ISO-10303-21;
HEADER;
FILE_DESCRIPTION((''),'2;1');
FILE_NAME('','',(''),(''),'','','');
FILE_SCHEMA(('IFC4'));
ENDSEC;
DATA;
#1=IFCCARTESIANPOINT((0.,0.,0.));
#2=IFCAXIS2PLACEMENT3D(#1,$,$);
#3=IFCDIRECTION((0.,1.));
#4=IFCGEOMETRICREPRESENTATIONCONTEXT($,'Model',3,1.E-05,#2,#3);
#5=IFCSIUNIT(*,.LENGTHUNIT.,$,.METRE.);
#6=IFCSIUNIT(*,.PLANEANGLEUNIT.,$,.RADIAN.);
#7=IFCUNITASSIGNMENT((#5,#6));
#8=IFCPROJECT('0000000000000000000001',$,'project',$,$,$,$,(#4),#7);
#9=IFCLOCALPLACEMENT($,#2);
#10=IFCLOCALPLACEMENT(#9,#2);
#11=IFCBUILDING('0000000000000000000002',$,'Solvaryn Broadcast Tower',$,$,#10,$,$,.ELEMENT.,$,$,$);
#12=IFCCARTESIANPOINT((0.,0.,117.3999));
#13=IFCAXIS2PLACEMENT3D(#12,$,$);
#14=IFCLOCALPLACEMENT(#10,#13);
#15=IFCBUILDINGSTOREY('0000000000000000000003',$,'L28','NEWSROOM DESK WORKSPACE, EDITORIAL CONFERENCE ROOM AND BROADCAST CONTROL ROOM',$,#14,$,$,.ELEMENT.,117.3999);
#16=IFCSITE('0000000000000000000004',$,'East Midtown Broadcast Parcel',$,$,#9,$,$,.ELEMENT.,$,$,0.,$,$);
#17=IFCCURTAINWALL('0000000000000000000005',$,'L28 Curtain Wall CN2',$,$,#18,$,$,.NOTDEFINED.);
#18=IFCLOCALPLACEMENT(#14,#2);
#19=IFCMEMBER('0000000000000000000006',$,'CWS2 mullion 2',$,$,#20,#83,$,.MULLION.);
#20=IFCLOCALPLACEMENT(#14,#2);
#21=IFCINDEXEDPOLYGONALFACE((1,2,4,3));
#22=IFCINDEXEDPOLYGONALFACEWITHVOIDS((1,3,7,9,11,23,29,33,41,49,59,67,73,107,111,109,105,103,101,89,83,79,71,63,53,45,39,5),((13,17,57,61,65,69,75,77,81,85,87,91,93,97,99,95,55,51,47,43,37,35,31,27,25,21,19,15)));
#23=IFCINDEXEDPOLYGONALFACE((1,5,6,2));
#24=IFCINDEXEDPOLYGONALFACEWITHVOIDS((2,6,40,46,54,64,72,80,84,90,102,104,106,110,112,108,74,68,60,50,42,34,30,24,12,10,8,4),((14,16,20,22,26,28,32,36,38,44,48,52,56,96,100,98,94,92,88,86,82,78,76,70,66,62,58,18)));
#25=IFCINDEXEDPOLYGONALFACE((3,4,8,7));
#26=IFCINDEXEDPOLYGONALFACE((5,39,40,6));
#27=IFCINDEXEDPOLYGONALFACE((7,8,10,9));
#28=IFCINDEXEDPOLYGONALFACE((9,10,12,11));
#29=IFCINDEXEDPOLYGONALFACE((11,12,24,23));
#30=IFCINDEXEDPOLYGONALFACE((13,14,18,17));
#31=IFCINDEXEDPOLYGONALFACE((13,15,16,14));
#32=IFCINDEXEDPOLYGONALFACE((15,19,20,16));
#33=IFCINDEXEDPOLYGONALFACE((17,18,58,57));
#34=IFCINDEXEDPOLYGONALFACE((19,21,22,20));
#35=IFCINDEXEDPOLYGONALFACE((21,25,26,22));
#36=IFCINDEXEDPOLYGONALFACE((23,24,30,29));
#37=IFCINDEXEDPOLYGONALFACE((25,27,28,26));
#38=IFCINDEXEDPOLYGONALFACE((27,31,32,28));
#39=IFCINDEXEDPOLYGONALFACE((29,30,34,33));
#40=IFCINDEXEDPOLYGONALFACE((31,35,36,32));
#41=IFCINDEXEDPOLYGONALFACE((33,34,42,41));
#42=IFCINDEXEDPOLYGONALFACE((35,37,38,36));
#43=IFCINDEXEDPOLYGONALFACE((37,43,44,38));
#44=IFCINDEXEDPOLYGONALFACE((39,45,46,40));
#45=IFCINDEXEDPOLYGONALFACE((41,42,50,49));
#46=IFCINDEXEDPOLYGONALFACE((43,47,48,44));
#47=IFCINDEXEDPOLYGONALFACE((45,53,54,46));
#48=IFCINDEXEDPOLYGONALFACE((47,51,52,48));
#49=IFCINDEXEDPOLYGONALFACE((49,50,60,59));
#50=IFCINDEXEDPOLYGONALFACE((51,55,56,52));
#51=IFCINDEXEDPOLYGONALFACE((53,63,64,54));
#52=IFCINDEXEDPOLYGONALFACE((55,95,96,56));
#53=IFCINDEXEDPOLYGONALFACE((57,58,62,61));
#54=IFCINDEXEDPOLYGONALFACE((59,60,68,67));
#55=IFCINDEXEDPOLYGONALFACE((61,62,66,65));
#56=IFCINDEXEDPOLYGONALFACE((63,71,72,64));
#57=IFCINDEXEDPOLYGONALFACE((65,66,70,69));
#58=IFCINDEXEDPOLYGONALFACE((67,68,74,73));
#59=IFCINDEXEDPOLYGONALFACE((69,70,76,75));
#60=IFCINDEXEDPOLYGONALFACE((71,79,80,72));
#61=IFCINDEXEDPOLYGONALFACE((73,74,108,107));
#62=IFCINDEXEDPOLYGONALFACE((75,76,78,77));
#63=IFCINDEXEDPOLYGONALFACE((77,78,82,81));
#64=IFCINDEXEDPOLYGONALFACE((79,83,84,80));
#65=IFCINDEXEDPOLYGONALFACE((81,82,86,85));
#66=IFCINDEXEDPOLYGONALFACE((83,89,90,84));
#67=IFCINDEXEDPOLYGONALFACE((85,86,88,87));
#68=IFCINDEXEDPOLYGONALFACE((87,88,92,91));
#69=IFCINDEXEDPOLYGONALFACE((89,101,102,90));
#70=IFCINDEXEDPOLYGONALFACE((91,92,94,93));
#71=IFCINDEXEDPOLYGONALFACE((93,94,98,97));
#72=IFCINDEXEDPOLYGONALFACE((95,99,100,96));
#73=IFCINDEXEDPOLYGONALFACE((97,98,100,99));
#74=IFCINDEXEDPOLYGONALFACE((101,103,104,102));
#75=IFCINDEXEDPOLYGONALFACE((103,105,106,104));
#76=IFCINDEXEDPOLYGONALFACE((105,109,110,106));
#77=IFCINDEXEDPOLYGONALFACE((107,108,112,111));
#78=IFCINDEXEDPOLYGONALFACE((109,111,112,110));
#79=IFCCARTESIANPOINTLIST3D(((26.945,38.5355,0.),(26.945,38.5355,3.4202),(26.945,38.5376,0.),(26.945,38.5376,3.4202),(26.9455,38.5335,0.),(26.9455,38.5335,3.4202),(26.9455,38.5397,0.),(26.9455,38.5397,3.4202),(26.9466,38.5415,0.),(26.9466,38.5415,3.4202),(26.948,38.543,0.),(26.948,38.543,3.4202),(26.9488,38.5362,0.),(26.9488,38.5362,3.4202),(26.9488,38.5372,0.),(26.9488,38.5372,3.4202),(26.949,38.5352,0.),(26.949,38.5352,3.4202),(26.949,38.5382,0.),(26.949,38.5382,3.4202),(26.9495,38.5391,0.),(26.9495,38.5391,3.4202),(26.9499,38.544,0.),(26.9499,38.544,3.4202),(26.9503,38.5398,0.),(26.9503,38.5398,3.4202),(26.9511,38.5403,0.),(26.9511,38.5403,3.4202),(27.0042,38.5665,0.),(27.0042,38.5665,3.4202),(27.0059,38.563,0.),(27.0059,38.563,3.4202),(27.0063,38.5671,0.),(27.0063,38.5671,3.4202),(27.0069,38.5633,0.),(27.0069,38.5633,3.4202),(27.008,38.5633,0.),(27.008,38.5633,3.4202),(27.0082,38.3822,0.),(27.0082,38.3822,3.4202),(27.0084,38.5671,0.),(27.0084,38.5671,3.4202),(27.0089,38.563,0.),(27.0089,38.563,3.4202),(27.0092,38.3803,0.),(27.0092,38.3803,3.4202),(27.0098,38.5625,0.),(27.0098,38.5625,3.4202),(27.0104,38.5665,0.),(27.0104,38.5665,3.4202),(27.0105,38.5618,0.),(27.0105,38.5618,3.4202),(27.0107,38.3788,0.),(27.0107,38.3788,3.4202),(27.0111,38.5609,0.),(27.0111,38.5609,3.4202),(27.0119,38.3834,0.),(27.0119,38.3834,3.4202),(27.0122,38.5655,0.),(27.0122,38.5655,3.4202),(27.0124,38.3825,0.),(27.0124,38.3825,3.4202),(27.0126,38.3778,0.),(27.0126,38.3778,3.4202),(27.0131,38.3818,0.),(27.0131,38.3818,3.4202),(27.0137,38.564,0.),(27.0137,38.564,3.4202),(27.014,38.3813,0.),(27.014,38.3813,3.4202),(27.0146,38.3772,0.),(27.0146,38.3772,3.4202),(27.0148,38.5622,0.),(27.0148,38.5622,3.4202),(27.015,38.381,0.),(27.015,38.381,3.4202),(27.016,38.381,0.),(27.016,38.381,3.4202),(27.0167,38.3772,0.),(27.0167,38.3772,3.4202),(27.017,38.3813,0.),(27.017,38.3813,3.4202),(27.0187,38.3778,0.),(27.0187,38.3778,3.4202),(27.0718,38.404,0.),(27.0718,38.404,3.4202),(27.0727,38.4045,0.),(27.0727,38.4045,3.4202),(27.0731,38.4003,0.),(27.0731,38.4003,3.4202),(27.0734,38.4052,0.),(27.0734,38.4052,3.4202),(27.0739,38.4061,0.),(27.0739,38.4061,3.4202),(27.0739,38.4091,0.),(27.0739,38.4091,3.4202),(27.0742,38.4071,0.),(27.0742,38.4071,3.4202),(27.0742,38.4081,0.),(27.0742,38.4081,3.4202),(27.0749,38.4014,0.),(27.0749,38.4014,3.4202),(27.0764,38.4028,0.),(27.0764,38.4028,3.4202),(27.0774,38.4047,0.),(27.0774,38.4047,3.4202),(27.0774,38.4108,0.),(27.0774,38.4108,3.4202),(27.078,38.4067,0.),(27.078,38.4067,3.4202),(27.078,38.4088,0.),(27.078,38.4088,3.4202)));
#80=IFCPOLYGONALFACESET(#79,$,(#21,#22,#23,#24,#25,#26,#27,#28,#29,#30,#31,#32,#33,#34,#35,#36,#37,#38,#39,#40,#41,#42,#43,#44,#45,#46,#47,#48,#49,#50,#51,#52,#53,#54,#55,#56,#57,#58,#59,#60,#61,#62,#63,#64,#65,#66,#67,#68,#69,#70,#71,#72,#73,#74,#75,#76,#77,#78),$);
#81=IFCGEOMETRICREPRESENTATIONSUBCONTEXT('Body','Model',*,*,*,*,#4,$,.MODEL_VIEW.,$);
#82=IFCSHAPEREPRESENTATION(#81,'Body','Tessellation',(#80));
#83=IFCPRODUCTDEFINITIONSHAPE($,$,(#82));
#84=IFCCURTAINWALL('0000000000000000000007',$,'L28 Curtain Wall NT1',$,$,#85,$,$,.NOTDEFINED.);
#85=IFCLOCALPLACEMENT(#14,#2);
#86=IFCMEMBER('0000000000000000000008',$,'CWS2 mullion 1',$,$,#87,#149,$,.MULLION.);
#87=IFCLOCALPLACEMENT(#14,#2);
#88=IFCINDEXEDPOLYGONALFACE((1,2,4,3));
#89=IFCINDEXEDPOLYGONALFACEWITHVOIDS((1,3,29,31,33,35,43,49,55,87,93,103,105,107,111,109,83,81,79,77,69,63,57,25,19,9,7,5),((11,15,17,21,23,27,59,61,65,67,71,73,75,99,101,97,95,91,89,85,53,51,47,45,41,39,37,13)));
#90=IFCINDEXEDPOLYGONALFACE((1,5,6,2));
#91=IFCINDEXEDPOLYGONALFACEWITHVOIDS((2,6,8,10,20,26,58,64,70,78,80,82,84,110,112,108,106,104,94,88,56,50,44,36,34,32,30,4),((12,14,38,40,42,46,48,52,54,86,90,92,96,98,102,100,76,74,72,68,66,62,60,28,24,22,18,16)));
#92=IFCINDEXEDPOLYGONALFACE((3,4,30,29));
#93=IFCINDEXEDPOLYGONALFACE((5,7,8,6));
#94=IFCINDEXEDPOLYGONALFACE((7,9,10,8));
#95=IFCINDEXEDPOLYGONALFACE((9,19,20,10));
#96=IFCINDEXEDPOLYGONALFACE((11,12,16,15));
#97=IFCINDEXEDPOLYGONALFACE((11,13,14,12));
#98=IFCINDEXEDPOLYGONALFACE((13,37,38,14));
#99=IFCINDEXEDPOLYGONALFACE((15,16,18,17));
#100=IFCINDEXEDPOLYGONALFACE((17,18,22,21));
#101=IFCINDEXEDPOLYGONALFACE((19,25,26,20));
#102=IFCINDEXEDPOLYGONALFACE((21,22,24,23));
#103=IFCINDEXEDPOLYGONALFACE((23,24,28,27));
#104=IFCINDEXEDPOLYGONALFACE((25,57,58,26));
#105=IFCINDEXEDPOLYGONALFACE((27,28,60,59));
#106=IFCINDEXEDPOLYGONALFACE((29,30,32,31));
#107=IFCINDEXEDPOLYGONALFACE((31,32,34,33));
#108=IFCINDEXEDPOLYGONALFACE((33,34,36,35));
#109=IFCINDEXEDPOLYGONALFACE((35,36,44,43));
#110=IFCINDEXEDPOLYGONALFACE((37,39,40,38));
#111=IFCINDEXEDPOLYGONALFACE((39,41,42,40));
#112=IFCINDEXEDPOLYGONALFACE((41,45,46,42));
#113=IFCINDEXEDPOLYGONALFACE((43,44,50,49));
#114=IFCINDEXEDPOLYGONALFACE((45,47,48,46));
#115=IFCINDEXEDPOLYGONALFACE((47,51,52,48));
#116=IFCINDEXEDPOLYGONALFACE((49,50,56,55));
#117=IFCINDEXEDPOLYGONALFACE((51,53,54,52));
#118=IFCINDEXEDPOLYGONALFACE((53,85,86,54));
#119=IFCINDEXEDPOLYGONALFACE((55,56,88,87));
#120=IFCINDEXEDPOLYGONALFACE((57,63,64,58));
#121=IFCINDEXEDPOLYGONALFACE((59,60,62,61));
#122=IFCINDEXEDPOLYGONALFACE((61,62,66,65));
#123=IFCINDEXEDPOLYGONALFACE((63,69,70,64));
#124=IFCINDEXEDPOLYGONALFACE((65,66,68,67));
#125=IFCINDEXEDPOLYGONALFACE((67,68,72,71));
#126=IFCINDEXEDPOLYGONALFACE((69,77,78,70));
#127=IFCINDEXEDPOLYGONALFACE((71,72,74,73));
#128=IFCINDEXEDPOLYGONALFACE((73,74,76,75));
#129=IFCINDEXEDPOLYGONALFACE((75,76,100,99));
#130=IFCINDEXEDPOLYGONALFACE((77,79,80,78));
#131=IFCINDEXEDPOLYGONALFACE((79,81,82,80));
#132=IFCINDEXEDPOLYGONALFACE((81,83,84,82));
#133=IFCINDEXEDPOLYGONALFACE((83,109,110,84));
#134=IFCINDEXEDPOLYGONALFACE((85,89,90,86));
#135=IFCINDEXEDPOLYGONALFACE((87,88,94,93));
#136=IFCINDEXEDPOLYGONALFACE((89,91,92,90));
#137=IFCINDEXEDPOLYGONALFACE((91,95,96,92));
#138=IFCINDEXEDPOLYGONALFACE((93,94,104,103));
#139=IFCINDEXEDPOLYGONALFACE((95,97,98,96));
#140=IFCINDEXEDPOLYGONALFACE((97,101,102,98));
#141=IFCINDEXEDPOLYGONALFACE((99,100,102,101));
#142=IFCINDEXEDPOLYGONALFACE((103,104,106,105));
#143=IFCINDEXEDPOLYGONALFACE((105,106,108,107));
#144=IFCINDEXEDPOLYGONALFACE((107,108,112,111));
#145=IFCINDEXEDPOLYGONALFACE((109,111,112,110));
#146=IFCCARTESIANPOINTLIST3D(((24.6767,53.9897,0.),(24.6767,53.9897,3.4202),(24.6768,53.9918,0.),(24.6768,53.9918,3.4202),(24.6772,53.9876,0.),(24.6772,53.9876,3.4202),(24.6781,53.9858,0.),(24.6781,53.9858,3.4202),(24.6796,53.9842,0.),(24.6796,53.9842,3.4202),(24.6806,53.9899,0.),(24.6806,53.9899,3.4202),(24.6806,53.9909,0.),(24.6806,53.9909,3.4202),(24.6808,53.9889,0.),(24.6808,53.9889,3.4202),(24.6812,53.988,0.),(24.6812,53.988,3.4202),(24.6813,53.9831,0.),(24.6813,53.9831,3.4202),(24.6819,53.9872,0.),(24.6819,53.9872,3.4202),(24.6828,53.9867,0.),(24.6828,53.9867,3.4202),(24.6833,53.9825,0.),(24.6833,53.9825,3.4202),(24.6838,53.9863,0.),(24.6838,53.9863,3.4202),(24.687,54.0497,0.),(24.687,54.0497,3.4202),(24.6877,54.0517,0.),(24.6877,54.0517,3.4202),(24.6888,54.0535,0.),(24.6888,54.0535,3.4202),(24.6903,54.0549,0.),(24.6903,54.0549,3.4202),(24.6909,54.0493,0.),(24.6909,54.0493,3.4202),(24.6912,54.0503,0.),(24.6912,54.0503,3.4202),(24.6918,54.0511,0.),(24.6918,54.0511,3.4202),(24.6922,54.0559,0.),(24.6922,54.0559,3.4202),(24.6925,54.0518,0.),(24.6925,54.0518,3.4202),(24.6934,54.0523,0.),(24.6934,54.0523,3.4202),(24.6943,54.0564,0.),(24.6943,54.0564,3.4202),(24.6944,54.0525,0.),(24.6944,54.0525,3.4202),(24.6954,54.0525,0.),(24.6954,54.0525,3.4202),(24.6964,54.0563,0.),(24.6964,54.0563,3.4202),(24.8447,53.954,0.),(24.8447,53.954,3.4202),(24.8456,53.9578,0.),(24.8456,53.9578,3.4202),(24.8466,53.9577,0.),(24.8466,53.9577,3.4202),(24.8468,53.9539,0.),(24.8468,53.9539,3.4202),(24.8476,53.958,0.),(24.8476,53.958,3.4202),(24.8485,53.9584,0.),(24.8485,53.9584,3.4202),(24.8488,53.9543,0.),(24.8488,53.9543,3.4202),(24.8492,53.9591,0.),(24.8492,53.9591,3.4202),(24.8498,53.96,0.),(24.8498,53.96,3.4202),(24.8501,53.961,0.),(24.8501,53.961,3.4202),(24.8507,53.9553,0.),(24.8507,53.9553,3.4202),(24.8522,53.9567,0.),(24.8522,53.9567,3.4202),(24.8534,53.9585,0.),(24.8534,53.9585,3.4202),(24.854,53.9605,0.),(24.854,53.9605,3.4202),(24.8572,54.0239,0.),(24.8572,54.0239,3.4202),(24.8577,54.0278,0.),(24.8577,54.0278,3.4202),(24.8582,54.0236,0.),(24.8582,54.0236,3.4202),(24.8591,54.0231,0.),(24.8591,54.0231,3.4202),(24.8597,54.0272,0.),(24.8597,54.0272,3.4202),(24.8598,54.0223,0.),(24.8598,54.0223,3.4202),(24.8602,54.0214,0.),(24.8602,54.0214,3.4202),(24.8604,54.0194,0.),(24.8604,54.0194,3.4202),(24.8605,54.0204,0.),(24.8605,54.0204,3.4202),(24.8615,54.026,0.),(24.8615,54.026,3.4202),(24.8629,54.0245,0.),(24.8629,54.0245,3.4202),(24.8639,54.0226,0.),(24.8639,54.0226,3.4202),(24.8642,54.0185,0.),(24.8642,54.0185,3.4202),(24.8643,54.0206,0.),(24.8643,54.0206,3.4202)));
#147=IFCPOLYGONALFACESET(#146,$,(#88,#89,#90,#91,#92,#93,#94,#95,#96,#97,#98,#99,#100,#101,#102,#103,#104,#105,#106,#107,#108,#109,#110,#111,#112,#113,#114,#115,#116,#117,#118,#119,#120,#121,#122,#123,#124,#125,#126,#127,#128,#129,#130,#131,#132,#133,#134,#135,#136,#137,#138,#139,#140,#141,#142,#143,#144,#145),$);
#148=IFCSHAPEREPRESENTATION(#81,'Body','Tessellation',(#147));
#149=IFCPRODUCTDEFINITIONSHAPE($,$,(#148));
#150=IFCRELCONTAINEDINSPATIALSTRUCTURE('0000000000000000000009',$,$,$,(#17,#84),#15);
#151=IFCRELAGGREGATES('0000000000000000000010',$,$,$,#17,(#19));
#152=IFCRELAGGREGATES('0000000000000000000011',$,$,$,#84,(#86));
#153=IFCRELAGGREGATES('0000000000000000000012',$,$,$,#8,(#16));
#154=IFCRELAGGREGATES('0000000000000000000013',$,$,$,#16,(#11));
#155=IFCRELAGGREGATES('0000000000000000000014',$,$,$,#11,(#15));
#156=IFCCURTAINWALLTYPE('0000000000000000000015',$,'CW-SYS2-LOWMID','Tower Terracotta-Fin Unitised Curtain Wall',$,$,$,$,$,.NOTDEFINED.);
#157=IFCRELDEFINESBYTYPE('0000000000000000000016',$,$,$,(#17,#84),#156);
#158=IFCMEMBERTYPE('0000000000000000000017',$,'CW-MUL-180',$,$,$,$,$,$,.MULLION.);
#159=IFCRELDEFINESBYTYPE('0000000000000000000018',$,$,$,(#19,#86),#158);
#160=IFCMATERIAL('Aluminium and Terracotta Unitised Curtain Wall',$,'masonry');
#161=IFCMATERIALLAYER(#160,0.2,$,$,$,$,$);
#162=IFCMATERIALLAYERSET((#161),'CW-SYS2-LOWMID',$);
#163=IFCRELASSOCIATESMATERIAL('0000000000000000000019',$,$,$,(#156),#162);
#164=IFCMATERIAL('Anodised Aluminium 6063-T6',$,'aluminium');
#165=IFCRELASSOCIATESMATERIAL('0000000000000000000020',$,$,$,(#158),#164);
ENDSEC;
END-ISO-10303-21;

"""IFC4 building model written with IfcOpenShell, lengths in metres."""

from ifc_helpers import new_model, si_unit, direction, frame, origin, origin_2d, place, context, subcontext, project, spatial, hollow_rectangle, extrude, material, layer, layer_set, material_profile, profile_set, type_object, element, aggregate, save


model = new_model("IFC4")

# Units and contexts
model_context = context("Model", 3, precision=1e-05, world=origin(), true_north=direction((0.0, 1.0)))
body_context = subcontext(model_context, "Body", "Model", "MODEL_VIEW")
ifc_project = project(units=[si_unit("LENGTHUNIT", "METRE"), si_unit("PLANEANGLEUNIT", "RADIAN")], contexts=[model_context])

# Site, building, storey
site_placement = place(None, origin())
site = spatial("IfcSite", under=ifc_project, at=site_placement, Name="East Midtown Broadcast Parcel", CompositionType="ELEMENT", RefElevation=0.0)
building_placement = place(site_placement, origin())
building = spatial("IfcBuilding", under=site, at=building_placement, Name="Solvaryn Broadcast Tower", CompositionType="ELEMENT")
storey_placement = place(building_placement, frame((0.0, 0.0, 117.3999)))
storey = spatial("IfcBuildingStorey", under=building, at=storey_placement, Name="L28", Description="NEWSROOM DESK WORKSPACE, EDITORIAL CONFERENCE ROOM AND BROADCAST CONTROL ROOM", CompositionType="ELEMENT", Elevation=117.3999)

# Shared definitions
ifc_material_1 = material(Name="Aluminium and Terracotta Unitised Curtain Wall", Category="masonry")
ifc_layer_1 = layer(ifc_material_1, 0.2)
ifc_layer_set_1 = layer_set([ifc_layer_1], Name="CW-SYS2-LOWMID")
curtain_wall_type = type_object("IfcCurtainWallType", Name="CW-SYS2-LOWMID", Description="Tower Terracotta-Fin Unitised Curtain Wall", PredefinedType="NOTDEFINED", material=ifc_layer_set_1)
ifc_material_2 = material(Name="Anodised Aluminium 6063-T6", Category="aluminium")
ifc_material_profile_1 = material_profile(ifc_material_2, hollow_rectangle(XDim=0.075, YDim=0.1799, WallThickness=0.0039, InnerFilletRadius=0.0039, OuterFilletRadius=0.0081, at=origin_2d()))
ifc_profile_set_1 = profile_set([ifc_material_profile_1], Name="Anodised Aluminium 6063-T6")
member_type_1 = type_object("IfcMemberType", Name="CW-MUL-180", PredefinedType="MULLION", material=ifc_profile_set_1)

# Curtain walls, members
curtain_wall_1_placement = place(storey_placement, origin())
curtain_wall_1 = element("IfcCurtainWall", 1, at=curtain_wall_1_placement, inside=storey, type_object=curtain_wall_type, Name="L28 Curtain Wall CN2", PredefinedType="NOTDEFINED")
member_1_placement = place(storey_placement, frame((27.0115, 38.4722, 0.0), z_axis=(0.0, 0.0, 1.0), x_axis=(-0.923895, -0.382646, 0.0)))
member_1 = element("IfcMember", 2, at=member_1_placement, type_object=member_type_1, Name="CWS2 mullion 2", PredefinedType="MULLION", context=body_context, shape_type="SweptSolid", body=[
    extrude(hollow_rectangle(XDim=0.075, YDim=0.1799, WallThickness=0.0039, InnerFilletRadius=0.0039, OuterFilletRadius=0.0081, at=origin_2d()), origin(), (0.0, 0.0, 1.0), 3.4202),
])
aggregate(curtain_wall_1, [member_1])
curtain_wall_2_placement = place(storey_placement, origin())
curtain_wall_2 = element("IfcCurtainWall", 3, at=curtain_wall_2_placement, inside=storey, type_object=curtain_wall_type, Name="L28 Curtain Wall NT1", PredefinedType="NOTDEFINED")
member_2_placement = place(storey_placement, frame((24.7705, 54.0051, 0.0), z_axis=(0.0, 0.0, 1.0), x_axis=(-0.173785, -0.984784, 0.0)))
member_2 = element("IfcMember", 4, at=member_2_placement, type_object=member_type_1, Name="CWS2 mullion 1", PredefinedType="MULLION", context=body_context, shape_type="SweptSolid", body=[
    extrude(hollow_rectangle(XDim=0.075, YDim=0.1799, WallThickness=0.0039, InnerFilletRadius=0.0039, OuterFilletRadius=0.0081, at=origin_2d()), origin(), (0.0, 0.0, 1.0), 3.4202),
])

aggregate(curtain_wall_2, [member_2])

save(model, "model.ifc")
